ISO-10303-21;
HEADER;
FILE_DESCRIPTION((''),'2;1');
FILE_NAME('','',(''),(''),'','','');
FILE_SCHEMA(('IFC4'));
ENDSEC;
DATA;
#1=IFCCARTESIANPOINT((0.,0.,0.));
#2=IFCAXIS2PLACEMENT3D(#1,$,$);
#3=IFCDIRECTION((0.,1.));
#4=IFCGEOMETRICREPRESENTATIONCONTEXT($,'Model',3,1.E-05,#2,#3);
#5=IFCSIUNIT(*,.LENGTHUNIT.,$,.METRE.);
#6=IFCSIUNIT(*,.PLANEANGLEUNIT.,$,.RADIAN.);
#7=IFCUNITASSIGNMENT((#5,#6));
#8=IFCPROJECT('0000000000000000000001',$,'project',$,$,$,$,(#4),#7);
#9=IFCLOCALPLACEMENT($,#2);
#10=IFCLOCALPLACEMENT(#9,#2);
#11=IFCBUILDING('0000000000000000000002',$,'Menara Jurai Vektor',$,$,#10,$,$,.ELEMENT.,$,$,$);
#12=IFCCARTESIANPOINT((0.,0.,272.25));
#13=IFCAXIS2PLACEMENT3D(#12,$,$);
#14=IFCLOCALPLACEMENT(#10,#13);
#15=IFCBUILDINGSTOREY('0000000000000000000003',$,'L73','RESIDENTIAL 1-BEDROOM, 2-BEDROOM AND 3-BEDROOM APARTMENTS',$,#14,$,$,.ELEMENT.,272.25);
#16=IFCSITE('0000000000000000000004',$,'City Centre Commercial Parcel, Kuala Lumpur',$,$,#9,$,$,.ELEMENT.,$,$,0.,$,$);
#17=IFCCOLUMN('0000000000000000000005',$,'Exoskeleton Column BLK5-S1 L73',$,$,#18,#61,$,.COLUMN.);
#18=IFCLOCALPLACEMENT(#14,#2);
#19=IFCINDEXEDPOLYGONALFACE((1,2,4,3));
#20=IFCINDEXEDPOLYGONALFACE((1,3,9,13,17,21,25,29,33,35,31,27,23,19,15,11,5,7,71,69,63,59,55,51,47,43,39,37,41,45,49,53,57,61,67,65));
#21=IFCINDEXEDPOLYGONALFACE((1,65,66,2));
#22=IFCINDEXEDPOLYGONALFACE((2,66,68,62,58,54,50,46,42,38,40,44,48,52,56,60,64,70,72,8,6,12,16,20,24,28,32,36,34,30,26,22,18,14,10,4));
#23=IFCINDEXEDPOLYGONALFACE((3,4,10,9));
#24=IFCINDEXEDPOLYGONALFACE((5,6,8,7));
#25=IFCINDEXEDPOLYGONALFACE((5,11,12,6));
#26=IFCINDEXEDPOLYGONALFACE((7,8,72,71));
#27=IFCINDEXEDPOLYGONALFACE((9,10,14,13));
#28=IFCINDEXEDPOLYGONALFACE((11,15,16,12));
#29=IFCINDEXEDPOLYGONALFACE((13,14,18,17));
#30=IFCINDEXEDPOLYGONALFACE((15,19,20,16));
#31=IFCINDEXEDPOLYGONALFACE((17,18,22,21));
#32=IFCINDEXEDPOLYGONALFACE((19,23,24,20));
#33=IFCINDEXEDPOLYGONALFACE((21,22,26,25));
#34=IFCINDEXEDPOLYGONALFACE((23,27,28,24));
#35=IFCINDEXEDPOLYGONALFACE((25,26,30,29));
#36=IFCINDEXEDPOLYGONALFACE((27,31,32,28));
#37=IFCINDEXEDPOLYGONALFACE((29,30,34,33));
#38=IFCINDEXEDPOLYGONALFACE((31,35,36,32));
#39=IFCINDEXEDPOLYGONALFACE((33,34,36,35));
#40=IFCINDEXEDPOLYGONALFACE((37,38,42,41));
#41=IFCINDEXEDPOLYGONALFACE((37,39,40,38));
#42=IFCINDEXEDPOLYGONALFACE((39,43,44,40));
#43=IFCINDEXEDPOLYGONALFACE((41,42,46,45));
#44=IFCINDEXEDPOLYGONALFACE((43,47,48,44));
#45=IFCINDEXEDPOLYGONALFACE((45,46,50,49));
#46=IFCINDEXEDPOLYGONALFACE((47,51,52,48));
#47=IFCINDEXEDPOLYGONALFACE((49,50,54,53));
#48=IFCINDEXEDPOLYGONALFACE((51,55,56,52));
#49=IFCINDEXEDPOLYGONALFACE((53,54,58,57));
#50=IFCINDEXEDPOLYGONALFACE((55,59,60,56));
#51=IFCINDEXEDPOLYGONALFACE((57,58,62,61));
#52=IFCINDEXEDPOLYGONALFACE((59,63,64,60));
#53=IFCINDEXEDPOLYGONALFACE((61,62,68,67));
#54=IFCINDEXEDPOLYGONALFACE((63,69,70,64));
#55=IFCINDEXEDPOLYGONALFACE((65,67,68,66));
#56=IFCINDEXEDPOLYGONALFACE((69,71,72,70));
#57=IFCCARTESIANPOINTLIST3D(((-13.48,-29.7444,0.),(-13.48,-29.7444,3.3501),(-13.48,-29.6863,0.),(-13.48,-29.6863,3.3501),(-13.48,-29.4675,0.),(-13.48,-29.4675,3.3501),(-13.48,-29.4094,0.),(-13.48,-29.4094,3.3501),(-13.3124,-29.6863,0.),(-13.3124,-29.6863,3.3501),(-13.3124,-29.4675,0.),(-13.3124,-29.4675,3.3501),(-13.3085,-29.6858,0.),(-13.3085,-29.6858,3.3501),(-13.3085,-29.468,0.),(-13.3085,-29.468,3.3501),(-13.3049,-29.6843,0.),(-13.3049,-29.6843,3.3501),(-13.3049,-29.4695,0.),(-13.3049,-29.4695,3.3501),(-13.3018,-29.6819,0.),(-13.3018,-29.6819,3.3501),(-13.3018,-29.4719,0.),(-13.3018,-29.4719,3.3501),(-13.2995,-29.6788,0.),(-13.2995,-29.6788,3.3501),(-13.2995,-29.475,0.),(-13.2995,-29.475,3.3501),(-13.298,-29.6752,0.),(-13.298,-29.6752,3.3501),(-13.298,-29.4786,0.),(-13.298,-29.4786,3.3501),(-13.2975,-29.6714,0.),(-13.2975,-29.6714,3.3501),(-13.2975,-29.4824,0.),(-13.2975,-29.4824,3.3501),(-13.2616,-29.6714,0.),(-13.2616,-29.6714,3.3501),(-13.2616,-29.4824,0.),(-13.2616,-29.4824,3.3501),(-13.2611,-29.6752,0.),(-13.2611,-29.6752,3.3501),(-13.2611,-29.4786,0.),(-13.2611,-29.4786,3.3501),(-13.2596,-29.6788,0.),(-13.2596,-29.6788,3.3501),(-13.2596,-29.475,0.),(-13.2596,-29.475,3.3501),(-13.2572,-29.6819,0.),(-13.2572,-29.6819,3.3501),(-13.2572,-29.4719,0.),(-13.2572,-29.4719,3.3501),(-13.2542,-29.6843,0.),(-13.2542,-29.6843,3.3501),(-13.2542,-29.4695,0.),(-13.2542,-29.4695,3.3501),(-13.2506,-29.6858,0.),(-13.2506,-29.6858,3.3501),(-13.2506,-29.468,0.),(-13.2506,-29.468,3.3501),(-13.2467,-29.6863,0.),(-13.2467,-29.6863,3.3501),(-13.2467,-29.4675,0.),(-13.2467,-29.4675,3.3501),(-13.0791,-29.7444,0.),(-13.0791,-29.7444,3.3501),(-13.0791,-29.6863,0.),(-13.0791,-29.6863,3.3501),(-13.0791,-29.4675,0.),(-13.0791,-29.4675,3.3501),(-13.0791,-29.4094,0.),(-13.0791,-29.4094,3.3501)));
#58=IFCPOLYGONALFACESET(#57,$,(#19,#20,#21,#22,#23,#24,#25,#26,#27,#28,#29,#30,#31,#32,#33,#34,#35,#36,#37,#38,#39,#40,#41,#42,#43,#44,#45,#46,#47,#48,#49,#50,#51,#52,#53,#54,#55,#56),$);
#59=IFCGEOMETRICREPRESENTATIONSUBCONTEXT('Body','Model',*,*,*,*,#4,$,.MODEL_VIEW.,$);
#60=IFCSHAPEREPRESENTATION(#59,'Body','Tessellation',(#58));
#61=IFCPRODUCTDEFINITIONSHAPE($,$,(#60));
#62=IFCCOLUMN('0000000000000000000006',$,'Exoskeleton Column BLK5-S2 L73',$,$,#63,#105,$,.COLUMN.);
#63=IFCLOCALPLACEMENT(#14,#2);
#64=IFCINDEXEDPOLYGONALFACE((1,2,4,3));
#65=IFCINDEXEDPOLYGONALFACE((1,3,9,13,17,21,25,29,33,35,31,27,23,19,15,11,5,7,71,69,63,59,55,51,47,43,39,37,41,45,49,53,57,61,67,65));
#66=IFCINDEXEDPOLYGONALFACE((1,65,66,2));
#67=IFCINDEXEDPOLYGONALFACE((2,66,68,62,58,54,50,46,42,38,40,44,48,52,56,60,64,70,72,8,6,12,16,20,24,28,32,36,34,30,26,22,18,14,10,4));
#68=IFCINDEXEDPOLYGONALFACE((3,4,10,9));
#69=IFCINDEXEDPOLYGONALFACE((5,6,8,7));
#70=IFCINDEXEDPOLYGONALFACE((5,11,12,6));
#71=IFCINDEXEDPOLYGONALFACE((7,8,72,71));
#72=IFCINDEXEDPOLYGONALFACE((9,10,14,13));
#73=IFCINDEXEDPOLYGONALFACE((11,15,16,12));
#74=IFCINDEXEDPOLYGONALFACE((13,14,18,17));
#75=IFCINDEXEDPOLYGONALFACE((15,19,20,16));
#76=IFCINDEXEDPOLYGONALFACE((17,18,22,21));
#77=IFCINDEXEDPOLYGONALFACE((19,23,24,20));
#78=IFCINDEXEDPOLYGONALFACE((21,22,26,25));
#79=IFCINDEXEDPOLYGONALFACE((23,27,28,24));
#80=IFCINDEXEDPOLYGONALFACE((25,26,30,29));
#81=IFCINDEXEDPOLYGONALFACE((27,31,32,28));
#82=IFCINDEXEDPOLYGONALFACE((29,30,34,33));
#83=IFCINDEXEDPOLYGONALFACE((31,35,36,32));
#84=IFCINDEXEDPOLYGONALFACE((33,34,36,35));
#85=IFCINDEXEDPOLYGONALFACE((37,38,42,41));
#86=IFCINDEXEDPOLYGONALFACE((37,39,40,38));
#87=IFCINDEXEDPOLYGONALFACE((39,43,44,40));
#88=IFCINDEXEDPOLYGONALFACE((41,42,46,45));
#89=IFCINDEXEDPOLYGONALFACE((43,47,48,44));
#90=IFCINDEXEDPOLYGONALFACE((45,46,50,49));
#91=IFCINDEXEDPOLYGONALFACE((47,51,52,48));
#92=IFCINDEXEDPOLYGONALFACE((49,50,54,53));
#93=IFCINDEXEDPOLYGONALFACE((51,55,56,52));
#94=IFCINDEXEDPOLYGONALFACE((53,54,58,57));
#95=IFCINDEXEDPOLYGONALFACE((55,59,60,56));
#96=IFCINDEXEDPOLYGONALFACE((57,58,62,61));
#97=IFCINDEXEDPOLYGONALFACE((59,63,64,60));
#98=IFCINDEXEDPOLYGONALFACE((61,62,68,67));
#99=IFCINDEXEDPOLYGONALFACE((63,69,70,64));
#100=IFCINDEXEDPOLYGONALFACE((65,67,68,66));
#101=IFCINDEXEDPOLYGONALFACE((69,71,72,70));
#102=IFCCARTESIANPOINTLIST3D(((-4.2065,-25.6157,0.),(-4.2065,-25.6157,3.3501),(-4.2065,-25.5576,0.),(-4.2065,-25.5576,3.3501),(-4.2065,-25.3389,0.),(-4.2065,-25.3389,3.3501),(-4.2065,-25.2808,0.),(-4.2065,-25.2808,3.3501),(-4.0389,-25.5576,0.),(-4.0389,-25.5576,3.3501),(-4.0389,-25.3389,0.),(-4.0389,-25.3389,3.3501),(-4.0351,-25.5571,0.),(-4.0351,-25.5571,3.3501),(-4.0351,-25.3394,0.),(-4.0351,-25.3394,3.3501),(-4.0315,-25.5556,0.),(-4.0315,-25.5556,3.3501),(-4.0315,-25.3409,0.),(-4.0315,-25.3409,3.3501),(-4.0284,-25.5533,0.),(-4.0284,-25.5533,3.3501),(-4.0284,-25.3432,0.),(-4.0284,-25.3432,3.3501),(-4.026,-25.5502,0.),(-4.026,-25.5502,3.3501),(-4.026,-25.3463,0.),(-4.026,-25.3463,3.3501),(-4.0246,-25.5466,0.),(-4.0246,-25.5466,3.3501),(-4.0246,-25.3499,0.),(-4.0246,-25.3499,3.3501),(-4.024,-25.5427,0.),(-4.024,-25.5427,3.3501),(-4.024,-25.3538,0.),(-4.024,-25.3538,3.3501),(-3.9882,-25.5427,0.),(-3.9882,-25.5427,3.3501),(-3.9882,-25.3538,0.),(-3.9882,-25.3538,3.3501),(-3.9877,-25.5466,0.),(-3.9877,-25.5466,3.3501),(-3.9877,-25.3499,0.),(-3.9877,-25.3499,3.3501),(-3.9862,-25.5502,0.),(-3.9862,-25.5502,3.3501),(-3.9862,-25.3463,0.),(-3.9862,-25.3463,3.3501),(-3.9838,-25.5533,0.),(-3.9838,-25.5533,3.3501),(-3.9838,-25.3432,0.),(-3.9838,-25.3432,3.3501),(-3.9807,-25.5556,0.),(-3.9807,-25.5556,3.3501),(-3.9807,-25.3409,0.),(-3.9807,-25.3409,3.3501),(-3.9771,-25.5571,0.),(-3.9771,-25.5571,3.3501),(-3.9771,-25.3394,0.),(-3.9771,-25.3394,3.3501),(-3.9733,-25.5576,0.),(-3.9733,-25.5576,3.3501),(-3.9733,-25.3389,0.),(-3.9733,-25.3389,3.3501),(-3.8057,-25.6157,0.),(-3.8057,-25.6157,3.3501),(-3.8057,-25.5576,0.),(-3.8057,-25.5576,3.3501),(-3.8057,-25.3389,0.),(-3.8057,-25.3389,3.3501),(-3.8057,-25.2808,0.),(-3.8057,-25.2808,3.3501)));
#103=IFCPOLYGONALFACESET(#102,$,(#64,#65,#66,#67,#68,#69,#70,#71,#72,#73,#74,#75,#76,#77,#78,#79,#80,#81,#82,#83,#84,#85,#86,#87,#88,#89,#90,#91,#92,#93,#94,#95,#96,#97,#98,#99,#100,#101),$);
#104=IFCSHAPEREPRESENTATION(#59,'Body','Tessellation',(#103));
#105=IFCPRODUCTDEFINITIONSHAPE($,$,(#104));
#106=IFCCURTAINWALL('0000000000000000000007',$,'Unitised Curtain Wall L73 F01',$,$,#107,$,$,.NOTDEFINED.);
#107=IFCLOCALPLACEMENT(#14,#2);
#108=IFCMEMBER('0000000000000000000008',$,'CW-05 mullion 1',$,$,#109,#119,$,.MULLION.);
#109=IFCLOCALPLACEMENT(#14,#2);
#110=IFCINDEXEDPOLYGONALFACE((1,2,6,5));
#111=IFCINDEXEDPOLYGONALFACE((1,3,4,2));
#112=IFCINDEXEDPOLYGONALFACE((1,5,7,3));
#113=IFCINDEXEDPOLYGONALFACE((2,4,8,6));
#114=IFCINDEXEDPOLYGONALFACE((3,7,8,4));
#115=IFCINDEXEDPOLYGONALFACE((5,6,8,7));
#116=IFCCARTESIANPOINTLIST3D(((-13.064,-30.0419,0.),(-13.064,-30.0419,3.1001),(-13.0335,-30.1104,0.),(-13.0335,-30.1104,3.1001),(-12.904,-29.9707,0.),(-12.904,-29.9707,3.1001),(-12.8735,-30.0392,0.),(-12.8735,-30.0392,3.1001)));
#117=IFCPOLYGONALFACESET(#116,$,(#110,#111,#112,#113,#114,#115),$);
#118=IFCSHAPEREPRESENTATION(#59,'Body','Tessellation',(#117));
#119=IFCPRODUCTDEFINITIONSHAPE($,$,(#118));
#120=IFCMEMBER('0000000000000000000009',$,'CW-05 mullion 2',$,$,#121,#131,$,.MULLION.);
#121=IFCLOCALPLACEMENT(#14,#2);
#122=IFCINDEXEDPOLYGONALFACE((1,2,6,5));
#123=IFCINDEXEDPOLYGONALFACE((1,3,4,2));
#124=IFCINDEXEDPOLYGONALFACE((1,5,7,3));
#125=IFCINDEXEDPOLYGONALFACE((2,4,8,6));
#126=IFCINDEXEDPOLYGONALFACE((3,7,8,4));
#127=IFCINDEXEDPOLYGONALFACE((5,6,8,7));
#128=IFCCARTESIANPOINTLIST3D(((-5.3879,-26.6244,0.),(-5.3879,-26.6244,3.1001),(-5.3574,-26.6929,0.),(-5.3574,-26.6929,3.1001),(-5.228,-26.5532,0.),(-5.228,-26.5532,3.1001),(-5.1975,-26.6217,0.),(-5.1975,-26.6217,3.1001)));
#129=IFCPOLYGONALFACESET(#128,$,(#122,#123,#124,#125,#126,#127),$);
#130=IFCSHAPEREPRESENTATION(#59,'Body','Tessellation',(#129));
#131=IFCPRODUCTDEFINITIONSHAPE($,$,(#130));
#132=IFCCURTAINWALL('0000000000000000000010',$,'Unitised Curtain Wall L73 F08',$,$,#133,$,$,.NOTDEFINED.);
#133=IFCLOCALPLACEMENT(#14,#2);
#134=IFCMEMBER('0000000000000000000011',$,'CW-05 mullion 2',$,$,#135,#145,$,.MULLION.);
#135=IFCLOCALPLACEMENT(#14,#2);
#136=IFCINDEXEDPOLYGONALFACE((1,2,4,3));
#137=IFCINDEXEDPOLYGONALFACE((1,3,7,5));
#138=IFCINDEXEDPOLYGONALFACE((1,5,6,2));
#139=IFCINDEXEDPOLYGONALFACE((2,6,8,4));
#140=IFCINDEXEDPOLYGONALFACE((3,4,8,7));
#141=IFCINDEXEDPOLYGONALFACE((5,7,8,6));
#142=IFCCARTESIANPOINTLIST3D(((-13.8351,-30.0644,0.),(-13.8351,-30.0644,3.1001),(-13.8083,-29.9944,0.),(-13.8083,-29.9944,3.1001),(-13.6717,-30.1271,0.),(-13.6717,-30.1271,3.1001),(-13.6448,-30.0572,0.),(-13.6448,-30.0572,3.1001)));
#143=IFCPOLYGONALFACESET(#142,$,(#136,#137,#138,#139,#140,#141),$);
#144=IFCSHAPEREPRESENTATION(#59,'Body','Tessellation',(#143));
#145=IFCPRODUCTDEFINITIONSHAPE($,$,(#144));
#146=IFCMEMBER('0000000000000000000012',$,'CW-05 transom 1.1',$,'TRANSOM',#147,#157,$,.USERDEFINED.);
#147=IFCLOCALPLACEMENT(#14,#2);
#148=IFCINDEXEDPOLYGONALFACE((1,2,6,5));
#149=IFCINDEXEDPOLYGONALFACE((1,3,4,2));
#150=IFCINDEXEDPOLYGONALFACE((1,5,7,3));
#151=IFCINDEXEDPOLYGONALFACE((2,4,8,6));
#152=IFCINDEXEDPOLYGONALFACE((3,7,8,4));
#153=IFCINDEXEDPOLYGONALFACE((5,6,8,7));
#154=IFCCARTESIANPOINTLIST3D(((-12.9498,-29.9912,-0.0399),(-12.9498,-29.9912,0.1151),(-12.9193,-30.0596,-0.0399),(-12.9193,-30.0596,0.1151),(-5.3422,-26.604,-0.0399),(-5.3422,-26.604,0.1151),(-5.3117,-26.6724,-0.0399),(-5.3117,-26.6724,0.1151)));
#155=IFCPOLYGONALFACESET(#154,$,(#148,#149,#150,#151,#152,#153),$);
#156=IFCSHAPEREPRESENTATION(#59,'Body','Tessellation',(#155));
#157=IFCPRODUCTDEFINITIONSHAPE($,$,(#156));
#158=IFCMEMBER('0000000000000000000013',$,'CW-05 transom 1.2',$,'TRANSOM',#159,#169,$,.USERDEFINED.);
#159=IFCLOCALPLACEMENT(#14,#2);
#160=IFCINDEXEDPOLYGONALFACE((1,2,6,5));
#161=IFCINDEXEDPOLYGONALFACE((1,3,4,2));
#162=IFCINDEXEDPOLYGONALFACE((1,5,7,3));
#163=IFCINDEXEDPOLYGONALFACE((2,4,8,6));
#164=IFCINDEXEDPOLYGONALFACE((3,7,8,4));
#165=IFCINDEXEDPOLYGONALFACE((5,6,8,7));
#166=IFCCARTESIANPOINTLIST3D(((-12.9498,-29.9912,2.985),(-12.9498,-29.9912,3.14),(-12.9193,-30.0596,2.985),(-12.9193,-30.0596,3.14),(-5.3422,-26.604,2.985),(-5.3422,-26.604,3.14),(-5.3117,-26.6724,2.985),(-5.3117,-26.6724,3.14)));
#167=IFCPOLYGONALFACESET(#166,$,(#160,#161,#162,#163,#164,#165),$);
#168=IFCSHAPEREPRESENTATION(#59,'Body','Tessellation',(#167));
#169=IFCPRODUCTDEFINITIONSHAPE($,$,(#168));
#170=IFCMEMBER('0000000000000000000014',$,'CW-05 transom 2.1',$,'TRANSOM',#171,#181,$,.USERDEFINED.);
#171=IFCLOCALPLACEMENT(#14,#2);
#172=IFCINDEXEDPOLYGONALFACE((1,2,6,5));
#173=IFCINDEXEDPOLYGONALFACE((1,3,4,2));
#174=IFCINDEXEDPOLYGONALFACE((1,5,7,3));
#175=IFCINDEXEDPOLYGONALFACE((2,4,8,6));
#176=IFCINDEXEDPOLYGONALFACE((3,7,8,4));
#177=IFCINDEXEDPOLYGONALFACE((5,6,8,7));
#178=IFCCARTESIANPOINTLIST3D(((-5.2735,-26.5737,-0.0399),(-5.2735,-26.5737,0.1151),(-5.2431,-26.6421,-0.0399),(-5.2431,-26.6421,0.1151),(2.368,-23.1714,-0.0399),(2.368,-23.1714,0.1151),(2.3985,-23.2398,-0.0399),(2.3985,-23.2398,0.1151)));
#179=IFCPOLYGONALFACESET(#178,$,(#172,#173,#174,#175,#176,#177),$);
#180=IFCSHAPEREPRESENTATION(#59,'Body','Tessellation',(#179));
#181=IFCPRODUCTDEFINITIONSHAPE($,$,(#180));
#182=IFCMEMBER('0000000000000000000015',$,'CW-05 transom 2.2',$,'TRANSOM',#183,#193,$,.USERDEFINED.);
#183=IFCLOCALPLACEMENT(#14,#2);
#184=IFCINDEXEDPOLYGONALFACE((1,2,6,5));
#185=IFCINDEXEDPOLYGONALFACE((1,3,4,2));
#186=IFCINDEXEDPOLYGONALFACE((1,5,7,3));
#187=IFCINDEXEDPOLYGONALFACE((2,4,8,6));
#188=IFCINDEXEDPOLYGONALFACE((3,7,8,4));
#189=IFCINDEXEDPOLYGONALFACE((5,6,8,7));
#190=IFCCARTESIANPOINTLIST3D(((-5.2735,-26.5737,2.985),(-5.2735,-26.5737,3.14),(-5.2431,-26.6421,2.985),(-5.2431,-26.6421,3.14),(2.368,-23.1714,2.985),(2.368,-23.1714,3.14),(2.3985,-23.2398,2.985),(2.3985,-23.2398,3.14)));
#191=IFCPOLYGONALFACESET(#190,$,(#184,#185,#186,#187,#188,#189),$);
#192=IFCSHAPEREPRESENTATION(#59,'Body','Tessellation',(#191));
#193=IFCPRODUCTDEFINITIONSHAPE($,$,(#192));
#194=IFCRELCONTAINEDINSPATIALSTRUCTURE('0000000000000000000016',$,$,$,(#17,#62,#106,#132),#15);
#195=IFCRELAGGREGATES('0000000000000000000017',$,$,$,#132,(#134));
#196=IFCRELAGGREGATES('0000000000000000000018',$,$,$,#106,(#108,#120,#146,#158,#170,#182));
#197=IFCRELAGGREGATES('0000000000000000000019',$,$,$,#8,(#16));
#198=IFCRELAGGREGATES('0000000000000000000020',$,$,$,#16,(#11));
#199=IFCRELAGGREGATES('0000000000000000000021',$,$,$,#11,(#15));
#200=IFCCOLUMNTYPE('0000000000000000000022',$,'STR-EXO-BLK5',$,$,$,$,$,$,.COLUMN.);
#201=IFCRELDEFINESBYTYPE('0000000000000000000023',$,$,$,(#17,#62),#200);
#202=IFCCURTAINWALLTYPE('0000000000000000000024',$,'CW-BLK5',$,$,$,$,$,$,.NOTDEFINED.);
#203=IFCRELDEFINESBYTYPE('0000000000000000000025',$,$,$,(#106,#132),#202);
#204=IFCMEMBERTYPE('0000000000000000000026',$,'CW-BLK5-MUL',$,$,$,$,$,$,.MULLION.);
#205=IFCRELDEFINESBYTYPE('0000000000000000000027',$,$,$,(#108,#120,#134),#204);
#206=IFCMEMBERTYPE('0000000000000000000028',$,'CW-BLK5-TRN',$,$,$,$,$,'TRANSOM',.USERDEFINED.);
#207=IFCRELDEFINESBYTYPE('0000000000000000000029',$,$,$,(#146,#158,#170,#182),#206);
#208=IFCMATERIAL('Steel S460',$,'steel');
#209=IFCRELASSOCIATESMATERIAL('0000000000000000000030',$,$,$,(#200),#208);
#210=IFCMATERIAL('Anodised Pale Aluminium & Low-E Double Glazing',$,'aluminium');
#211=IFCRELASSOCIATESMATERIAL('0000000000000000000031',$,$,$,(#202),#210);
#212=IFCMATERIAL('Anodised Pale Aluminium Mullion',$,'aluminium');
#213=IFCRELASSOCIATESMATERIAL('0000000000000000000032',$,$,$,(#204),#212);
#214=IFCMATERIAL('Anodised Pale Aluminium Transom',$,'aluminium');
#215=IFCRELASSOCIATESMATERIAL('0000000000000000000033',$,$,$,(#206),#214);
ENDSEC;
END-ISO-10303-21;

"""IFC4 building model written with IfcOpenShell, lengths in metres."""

from ifc_helpers import new_model, si_unit, direction, frame, origin, origin_2d, place, context, subcontext, project, spatial, rectangle, i_section, extrude, material, material_profile, profile_set, type_object, element, aggregate, save


model = new_model("IFC4")

# Units and contexts
model_context = context("Model", 3, precision=1e-05, world=origin(), true_north=direction((0.0, 1.0)))
body_context = subcontext(model_context, "Body", "Model", "MODEL_VIEW")
ifc_project = project(units=[si_unit("LENGTHUNIT", "METRE"), si_unit("PLANEANGLEUNIT", "RADIAN")], contexts=[model_context])

# Site, building, storey
site_placement = place(None, origin())
site = spatial("IfcSite", under=ifc_project, at=site_placement, Name="City Centre Commercial Parcel, Kuala Lumpur", CompositionType="ELEMENT", RefElevation=0.0)
building_placement = place(site_placement, origin())
building = spatial("IfcBuilding", under=site, at=building_placement, Name="Menara Jurai Vektor", CompositionType="ELEMENT")
storey_placement = place(building_placement, frame((0.0, 0.0, 272.25)))
storey = spatial("IfcBuildingStorey", under=building, at=storey_placement, Name="L73", Description="RESIDENTIAL 1-BEDROOM, 2-BEDROOM AND 3-BEDROOM APARTMENTS", CompositionType="ELEMENT", Elevation=272.25)

# Columns
ifc_material_1 = material(Name="Steel S460", Category="steel")
ifc_material_profile_1 = material_profile(ifc_material_1, i_section(OverallWidth=0.4009, OverallDepth=0.335, WebThickness=0.0359, FlangeThickness=0.0581, FilletRadius=0.0149, at=origin_2d()), Name="HD 400x463")
ifc_profile_set_1 = profile_set([ifc_material_profile_1], Name="Steel S460")
column_type = type_object("IfcColumnType", Name="STR-EXO-BLK5", PredefinedType="COLUMN", material=ifc_profile_set_1)
for number, where, z_axis, x_axis, name in (
    (1, (-13.2795, -29.5769, 0.0), (0.0, 0.0, 1.0), (1.0, 0.0, 0.0), "Exoskeleton Column BLK5-S1 L73"),
    (2, (-4.0061, -25.4482, 0.0), (0.0, 0.0, 1.0), (1.0, 0.0, 0.0), "Exoskeleton Column BLK5-S2 L73"),
):
    element("IfcColumn", number, at=place(storey_placement, frame(where, z_axis=z_axis, x_axis=x_axis)), inside=storey, type_object=column_type, Name=name, PredefinedType="COLUMN", context=body_context, shape_type="SweptSolid", body=[
        extrude(i_section(OverallWidth=0.4009, OverallDepth=0.335, WebThickness=0.0359, FlangeThickness=0.0581, FilletRadius=0.0149, at=origin_2d()), origin(), (0.0, 0.0, 1.0), 3.3501),
    ])

# Curtain wall, members
ifc_material_2 = material(Name="Anodised Pale Aluminium & Low-E Double Glazing", Category="aluminium")
curtain_wall_type = type_object("IfcCurtainWallType", Name="CW-BLK5", PredefinedType="NOTDEFINED", material=ifc_material_2)
curtain_wall_1_placement = place(storey_placement, origin())
curtain_wall_1 = element("IfcCurtainWall", 3, at=curtain_wall_1_placement, inside=storey, type_object=curtain_wall_type, Name="Unitised Curtain Wall L73 F01", PredefinedType="NOTDEFINED")
ifc_material_3 = material(Name="Anodised Pale Aluminium Mullion", Category="aluminium")
ifc_material_profile_2 = material_profile(ifc_material_3, rectangle(XDim=0.075, YDim=0.175, at=origin_2d()), Name="ALU MUL 75x175")
ifc_profile_set_2 = profile_set([ifc_material_profile_2], Name="Anodised Pale Aluminium Mullion")
member_type_1 = type_object("IfcMemberType", Name="CW-BLK5-MUL", PredefinedType="MULLION", material=ifc_profile_set_2)
member_1_placement = place(storey_placement, frame((-12.9688, -30.0405, 0.0), z_axis=(0.0, 0.0, 1.0), x_axis=(-0.406735, 0.913546, 0.0)))
member_1 = element("IfcMember", 4, at=member_1_placement, type_object=member_type_1, Name="CW-05 mullion 1", PredefinedType="MULLION", context=body_context, shape_type="SweptSolid", body=[
    extrude(rectangle(XDim=0.075, YDim=0.175, at=origin_2d()), origin(), (0.0, 0.0, 1.0), 3.1001),
])
member_2_placement = place(storey_placement, frame((-5.2927, -26.623, 0.0), z_axis=(0.0, 0.0, 1.0), x_axis=(-0.406735, 0.913546, 0.0)))
member_2 = element("IfcMember", 5, at=member_2_placement, type_object=member_type_1, Name="CW-05 mullion 2", PredefinedType="MULLION", context=body_context, shape_type="SweptSolid", body=[
    extrude(rectangle(XDim=0.075, YDim=0.175, at=origin_2d()), origin(), (0.0, 0.0, 1.0), 3.1001),
])

# Curtain wall, member
curtain_wall_2_placement = place(storey_placement, origin())
curtain_wall_2 = element("IfcCurtainWall", 6, at=curtain_wall_2_placement, inside=storey, type_object=curtain_wall_type, Name="Unitised Curtain Wall L73 F08", PredefinedType="NOTDEFINED")
member_3_placement = place(storey_placement, frame((-13.74, -30.0608, 0.0), z_axis=(0.0, 0.0, 1.0), x_axis=(0.358374, 0.933578, 0.0)))
member_3 = element("IfcMember", 7, at=member_3_placement, type_object=member_type_1, Name="CW-05 mullion 2", PredefinedType="MULLION", context=body_context, shape_type="SweptSolid", body=[
    extrude(rectangle(XDim=0.075, YDim=0.175, at=origin_2d()), origin(), (0.0, 0.0, 1.0), 3.1001),
])
aggregate(curtain_wall_2, [member_3])

# Members
ifc_material_4 = material(Name="Anodised Pale Aluminium Transom", Category="aluminium")
ifc_material_profile_3 = material_profile(ifc_material_4, rectangle(XDim=0.075, YDim=0.155, at=origin_2d()), Name="ALU TRN 75x155")
ifc_profile_set_3 = profile_set([ifc_material_profile_3], Name="Anodised Pale Aluminium Transom")
member_type_2 = type_object("IfcMemberType", Name="CW-BLK5-TRN", ElementType="TRANSOM", PredefinedType="USERDEFINED", material=ifc_profile_set_3)
member_4_placement = place(storey_placement, frame((-12.9346, -30.0254, 0.0376), z_axis=(0.913543, 0.406742, 0.0), x_axis=(-0.406742, 0.913543, 0.0)))
member_4 = element("IfcMember", 8, at=member_4_placement, type_object=member_type_2, Name="CW-05 transom 1.1", ObjectType="TRANSOM", PredefinedType="USERDEFINED", context=body_context, shape_type="SweptSolid", body=[
    extrude(rectangle(XDim=0.075, YDim=0.155, at=origin_2d()), origin(), (0.0, 0.0, 1.0), 8.3276),
])
member_5_placement = place(storey_placement, frame((-12.9346, -30.0254, 3.0625), z_axis=(0.913543, 0.406742, 0.0), x_axis=(-0.406742, 0.913543, 0.0)))
member_5 = element("IfcMember", 9, at=member_5_placement, type_object=member_type_2, Name="CW-05 transom 1.2", ObjectType="TRANSOM", PredefinedType="USERDEFINED", context=body_context, shape_type="SweptSolid", body=[
    extrude(rectangle(XDim=0.075, YDim=0.155, at=origin_2d()), origin(), (0.0, 0.0, 1.0), 8.3276),
])
member_6_placement = place(storey_placement, frame((-5.2583, -26.6079, 0.0376), z_axis=(0.913542, 0.406745, 0.0), x_axis=(-0.406745, 0.913542, 0.0)))
member_6 = element("IfcMember", 10, at=member_6_placement, type_object=member_type_2, Name="CW-05 transom 2.1", ObjectType="TRANSOM", PredefinedType="USERDEFINED", context=body_context, shape_type="SweptSolid", body=[
    extrude(rectangle(XDim=0.075, YDim=0.155, at=origin_2d()), origin(), (0.0, 0.0, 1.0), 8.3647),
])
member_7_placement = place(storey_placement, frame((-5.2583, -26.6079, 3.0625), z_axis=(0.913542, 0.406745, 0.0), x_axis=(-0.406745, 0.913542, 0.0)))
member_7 = element("IfcMember", 11, at=member_7_placement, type_object=member_type_2, Name="CW-05 transom 2.2", ObjectType="TRANSOM", PredefinedType="USERDEFINED", context=body_context, shape_type="SweptSolid", body=[
    extrude(rectangle(XDim=0.075, YDim=0.155, at=origin_2d()), origin(), (0.0, 0.0, 1.0), 8.3647),
])

aggregate(curtain_wall_1, [member_1, member_2, member_4, member_5, member_6, member_7])

save(model, "model.ifc")
